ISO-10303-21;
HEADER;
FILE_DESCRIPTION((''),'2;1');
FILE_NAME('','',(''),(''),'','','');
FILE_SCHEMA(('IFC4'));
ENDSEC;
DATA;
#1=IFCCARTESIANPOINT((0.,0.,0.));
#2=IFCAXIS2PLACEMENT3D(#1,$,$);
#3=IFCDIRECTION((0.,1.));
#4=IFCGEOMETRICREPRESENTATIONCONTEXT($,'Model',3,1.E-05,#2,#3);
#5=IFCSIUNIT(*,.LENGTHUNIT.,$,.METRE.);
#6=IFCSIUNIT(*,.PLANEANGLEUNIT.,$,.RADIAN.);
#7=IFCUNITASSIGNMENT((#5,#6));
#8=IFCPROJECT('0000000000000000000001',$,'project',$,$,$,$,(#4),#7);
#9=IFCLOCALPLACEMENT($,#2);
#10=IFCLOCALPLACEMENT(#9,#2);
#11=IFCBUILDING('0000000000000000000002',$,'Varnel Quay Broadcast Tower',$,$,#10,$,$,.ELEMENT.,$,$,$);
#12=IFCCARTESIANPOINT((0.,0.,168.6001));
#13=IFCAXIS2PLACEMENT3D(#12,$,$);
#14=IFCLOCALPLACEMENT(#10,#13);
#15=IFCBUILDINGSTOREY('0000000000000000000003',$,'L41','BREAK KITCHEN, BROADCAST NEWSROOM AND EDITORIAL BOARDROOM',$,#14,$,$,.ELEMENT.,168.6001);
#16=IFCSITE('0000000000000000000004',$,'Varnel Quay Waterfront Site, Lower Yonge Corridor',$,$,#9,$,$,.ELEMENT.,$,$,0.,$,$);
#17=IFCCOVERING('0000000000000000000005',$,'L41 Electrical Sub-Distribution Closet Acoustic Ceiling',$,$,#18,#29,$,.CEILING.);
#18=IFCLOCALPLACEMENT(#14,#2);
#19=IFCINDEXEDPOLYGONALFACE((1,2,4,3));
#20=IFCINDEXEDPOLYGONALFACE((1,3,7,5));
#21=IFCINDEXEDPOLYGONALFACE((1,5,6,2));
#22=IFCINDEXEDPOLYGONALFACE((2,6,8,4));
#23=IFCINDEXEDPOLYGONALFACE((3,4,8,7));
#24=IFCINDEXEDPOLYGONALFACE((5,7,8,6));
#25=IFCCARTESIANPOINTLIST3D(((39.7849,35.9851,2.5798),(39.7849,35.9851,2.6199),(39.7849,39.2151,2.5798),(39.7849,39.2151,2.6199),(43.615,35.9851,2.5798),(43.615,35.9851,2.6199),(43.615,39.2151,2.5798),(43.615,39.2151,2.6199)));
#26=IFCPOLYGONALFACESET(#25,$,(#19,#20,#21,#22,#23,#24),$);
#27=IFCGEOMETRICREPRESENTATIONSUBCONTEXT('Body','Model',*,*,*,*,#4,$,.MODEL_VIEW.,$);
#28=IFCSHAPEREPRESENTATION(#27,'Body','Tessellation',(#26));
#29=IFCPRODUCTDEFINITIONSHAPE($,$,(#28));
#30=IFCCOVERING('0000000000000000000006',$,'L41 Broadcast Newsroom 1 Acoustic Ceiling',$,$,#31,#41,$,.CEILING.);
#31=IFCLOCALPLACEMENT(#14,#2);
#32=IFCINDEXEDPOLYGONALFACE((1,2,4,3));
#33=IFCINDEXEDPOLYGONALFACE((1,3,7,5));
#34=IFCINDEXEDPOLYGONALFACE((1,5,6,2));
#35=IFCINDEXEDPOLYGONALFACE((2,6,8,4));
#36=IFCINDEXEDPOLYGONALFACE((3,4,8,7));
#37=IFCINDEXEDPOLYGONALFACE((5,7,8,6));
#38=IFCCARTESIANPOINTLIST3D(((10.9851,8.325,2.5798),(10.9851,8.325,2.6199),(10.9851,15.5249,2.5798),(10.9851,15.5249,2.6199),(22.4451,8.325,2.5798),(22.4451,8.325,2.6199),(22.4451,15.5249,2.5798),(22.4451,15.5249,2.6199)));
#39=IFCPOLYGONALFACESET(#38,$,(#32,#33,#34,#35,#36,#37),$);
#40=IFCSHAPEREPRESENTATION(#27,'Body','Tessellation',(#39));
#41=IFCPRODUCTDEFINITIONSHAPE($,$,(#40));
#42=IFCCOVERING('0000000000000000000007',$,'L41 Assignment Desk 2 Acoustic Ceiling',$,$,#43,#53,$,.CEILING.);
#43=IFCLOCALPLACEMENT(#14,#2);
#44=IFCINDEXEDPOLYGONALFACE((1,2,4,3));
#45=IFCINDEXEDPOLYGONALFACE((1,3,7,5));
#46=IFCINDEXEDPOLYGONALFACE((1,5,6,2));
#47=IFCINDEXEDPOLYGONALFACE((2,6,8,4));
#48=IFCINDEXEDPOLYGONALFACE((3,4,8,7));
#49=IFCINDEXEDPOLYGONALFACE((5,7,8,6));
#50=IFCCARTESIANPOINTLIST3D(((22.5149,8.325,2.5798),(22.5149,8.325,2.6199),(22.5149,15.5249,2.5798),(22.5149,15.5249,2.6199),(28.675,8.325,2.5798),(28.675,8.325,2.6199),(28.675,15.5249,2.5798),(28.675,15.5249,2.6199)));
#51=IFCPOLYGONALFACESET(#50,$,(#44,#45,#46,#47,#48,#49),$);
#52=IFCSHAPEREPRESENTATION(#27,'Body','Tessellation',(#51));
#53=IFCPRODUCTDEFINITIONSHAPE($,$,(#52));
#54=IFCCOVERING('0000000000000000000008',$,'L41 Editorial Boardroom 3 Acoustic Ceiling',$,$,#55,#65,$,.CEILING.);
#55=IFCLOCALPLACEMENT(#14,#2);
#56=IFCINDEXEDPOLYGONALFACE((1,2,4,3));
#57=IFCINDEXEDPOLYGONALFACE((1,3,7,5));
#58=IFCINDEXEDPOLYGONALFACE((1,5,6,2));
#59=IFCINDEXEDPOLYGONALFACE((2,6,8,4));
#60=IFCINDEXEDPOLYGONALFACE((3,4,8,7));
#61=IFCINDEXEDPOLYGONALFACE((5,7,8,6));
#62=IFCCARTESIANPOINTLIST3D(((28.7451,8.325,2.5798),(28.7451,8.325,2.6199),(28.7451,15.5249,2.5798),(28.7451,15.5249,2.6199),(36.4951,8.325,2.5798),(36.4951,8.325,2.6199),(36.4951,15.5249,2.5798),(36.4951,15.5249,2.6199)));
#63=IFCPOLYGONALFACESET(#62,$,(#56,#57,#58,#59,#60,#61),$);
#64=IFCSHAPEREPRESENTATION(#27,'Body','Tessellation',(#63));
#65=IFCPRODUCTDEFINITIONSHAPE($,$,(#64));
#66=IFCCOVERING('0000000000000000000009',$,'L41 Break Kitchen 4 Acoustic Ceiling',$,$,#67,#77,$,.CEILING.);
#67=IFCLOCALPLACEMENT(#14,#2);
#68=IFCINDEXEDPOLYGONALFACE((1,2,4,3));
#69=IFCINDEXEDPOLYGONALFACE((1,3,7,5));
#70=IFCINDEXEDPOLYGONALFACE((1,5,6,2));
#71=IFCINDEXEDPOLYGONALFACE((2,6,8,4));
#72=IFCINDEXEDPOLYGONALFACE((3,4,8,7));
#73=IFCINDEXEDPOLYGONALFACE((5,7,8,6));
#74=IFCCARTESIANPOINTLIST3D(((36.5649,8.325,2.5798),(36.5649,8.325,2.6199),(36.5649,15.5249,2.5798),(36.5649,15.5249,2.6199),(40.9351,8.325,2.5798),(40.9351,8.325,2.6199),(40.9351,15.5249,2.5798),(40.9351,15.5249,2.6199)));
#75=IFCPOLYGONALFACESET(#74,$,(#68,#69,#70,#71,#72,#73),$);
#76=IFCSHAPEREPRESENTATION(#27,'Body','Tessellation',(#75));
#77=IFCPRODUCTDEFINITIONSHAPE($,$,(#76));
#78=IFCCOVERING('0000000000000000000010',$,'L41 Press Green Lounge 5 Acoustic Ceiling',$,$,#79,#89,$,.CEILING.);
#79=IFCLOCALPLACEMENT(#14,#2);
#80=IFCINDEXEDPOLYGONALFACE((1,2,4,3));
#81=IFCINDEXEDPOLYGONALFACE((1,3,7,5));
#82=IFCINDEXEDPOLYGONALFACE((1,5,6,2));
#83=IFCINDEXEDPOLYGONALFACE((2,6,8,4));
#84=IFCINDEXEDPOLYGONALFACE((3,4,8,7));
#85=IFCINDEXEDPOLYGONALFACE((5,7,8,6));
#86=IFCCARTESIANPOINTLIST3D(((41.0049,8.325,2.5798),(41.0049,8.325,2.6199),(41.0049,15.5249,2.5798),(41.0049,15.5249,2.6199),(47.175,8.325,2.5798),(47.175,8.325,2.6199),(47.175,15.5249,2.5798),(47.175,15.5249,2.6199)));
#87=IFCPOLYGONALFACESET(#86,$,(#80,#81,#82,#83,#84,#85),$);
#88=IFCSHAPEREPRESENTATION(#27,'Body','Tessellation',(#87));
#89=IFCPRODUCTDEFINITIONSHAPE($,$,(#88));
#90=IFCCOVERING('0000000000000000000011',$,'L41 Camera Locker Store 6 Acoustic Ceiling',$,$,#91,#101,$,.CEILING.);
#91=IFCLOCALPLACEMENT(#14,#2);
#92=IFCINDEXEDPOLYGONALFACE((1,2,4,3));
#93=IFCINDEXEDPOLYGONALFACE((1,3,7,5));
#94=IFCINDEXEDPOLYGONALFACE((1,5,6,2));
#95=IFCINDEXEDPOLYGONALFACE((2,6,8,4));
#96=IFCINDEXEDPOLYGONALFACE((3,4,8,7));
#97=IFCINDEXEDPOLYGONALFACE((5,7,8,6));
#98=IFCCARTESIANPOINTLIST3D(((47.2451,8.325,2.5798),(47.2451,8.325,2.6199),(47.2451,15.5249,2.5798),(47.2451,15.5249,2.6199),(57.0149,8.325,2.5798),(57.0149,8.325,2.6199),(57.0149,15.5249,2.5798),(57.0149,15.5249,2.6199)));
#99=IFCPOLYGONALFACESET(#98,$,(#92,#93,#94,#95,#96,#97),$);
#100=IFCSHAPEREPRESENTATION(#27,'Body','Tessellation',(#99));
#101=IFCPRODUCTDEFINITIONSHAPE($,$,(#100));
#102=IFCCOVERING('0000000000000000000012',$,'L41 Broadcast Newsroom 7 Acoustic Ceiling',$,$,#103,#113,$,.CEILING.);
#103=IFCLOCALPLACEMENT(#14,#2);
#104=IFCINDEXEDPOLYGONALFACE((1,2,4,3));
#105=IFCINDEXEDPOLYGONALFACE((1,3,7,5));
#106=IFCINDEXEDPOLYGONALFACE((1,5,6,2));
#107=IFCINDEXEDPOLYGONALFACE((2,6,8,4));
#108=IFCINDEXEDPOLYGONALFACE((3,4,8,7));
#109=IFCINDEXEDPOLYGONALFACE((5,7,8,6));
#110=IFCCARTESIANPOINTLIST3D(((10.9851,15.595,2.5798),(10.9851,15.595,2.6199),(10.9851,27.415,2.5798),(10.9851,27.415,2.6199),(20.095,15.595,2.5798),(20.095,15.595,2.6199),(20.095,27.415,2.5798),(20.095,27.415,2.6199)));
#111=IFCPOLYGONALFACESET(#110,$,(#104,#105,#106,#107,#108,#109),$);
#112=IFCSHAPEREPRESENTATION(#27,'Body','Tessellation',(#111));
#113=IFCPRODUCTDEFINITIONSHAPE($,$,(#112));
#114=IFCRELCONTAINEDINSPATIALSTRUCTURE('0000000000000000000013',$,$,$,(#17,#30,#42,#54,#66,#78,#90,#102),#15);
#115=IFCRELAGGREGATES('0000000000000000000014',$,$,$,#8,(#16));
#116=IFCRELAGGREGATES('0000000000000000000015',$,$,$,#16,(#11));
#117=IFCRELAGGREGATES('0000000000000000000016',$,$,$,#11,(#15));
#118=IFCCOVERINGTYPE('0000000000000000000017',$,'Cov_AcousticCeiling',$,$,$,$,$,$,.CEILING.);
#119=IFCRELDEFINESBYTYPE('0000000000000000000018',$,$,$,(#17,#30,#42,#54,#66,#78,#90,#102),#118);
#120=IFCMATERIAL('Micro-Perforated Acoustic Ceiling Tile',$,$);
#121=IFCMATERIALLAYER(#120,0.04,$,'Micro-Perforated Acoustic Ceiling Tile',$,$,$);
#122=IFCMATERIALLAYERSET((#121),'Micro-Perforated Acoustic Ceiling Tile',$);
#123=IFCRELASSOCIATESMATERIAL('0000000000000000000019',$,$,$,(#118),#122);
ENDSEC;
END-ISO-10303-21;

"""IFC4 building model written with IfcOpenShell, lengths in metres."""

from ifc_helpers import new_model, si_unit, direction, frame, origin, place, context, subcontext, project, spatial, polyline, outline, extrude, material, layer, layer_set, type_object, element, save


model = new_model("IFC4")

# Units and contexts
model_context = context("Model", 3, precision=1e-05, world=origin(), true_north=direction((0.0, 1.0)))
body_context = subcontext(model_context, "Body", "Model", "MODEL_VIEW")
ifc_project = project(units=[si_unit("LENGTHUNIT", "METRE"), si_unit("PLANEANGLEUNIT", "RADIAN")], contexts=[model_context])

# Site, building, storey
site_placement = place(None, origin())
site = spatial("IfcSite", under=ifc_project, at=site_placement, Name="Varnel Quay Waterfront Site, Lower Yonge Corridor", CompositionType="ELEMENT", RefElevation=0.0)
building_placement = place(site_placement, origin())
building = spatial("IfcBuilding", under=site, at=building_placement, Name="Varnel Quay Broadcast Tower", CompositionType="ELEMENT")
storey_placement = place(building_placement, frame((0.0, 0.0, 168.6001)))
storey = spatial("IfcBuildingStorey", under=building, at=storey_placement, Name="L41", Description="BREAK KITCHEN, BROADCAST NEWSROOM AND EDITORIAL BOARDROOM", CompositionType="ELEMENT", Elevation=168.6001)

# Coverings
ifc_material_1 = material(Name="Micro-Perforated Acoustic Ceiling Tile")
ifc_layer_1 = layer(ifc_material_1, 0.04, Name="Micro-Perforated Acoustic Ceiling Tile")
ifc_layer_set_1 = layer_set([ifc_layer_1], Name="Micro-Perforated Acoustic Ceiling Tile")
covering_type = type_object("IfcCoveringType", Name="Cov_AcousticCeiling", PredefinedType="CEILING", material=ifc_layer_set_1)
covering_1_placement = place(storey_placement, frame((0.0, 0.0, 2.5798)))
element("IfcCovering", 1, at=covering_1_placement, inside=storey, type_object=covering_type, Name="L41 Electrical Sub-Distribution Closet Acoustic Ceiling", PredefinedType="CEILING", context=body_context, shape_type="SweptSolid", body=[
    extrude(outline(polyline([(39.7849, 35.9851), (43.615, 35.9851), (43.615, 39.2151), (39.7849, 39.2151), (39.7849, 35.9851)])), origin(), (0.0, 0.0, 1.0), 0.04),
])
covering_2_placement = place(storey_placement, frame((0.0, 0.0, 2.5798)))
element("IfcCovering", 2, at=covering_2_placement, inside=storey, type_object=covering_type, Name="L41 Broadcast Newsroom 1 Acoustic Ceiling", PredefinedType="CEILING", context=body_context, shape_type="SweptSolid", body=[
    extrude(outline(polyline([(10.9851, 8.325), (22.4451, 8.325), (22.4451, 15.5249), (10.9851, 15.5249), (10.9851, 8.325)])), origin(), (0.0, 0.0, 1.0), 0.04),
])
covering_3_placement = place(storey_placement, frame((0.0, 0.0, 2.5798)))
element("IfcCovering", 3, at=covering_3_placement, inside=storey, type_object=covering_type, Name="L41 Assignment Desk 2 Acoustic Ceiling", PredefinedType="CEILING", context=body_context, shape_type="SweptSolid", body=[
    extrude(outline(polyline([(22.5149, 8.325), (28.675, 8.325), (28.675, 15.5249), (22.5149, 15.5249), (22.5149, 8.325)])), origin(), (0.0, 0.0, 1.0), 0.04),
])
covering_4_placement = place(storey_placement, frame((0.0, 0.0, 2.5798)))
element("IfcCovering", 4, at=covering_4_placement, inside=storey, type_object=covering_type, Name="L41 Editorial Boardroom 3 Acoustic Ceiling", PredefinedType="CEILING", context=body_context, shape_type="SweptSolid", body=[
    extrude(outline(polyline([(28.7451, 8.325), (36.4951, 8.325), (36.4951, 15.5249), (28.7451, 15.5249), (28.7451, 8.325)])), origin(), (0.0, 0.0, 1.0), 0.04),
])
covering_5_placement = place(storey_placement, frame((0.0, 0.0, 2.5798)))
element("IfcCovering", 5, at=covering_5_placement, inside=storey, type_object=covering_type, Name="L41 Break Kitchen 4 Acoustic Ceiling", PredefinedType="CEILING", context=body_context, shape_type="SweptSolid", body=[
    extrude(outline(polyline([(36.5649, 8.325), (40.9351, 8.325), (40.9351, 15.5249), (36.5649, 15.5249), (36.5649, 8.325)])), origin(), (0.0, 0.0, 1.0), 0.04),
])
covering_6_placement = place(storey_placement, frame((0.0, 0.0, 2.5798)))
element("IfcCovering", 6, at=covering_6_placement, inside=storey, type_object=covering_type, Name="L41 Press Green Lounge 5 Acoustic Ceiling", PredefinedType="CEILING", context=body_context, shape_type="SweptSolid", body=[
    extrude(outline(polyline([(41.0049, 8.325), (47.175, 8.325), (47.175, 15.5249), (41.0049, 15.5249), (41.0049, 8.325)])), origin(), (0.0, 0.0, 1.0), 0.04),
])
covering_7_placement = place(storey_placement, frame((0.0, 0.0, 2.5798)))
element("IfcCovering", 7, at=covering_7_placement, inside=storey, type_object=covering_type, Name="L41 Camera Locker Store 6 Acoustic Ceiling", PredefinedType="CEILING", context=body_context, shape_type="SweptSolid", body=[
    extrude(outline(polyline([(47.2451, 8.325), (57.0149, 8.325), (57.0149, 15.5249), (47.2451, 15.5249), (47.2451, 8.325)])), origin(), (0.0, 0.0, 1.0), 0.04),
])
covering_8_placement = place(storey_placement, frame((0.0, 0.0, 2.5798)))
element("IfcCovering", 8, at=covering_8_placement, inside=storey, type_object=covering_type, Name="L41 Broadcast Newsroom 7 Acoustic Ceiling", PredefinedType="CEILING", context=body_context, shape_type="SweptSolid", body=[
    extrude(outline(polyline([(10.9851, 15.595), (20.095, 15.595), (20.095, 27.415), (10.9851, 27.415), (10.9851, 15.595)])), origin(), (0.0, 0.0, 1.0), 0.04),
])

save(model, "model.ifc")
